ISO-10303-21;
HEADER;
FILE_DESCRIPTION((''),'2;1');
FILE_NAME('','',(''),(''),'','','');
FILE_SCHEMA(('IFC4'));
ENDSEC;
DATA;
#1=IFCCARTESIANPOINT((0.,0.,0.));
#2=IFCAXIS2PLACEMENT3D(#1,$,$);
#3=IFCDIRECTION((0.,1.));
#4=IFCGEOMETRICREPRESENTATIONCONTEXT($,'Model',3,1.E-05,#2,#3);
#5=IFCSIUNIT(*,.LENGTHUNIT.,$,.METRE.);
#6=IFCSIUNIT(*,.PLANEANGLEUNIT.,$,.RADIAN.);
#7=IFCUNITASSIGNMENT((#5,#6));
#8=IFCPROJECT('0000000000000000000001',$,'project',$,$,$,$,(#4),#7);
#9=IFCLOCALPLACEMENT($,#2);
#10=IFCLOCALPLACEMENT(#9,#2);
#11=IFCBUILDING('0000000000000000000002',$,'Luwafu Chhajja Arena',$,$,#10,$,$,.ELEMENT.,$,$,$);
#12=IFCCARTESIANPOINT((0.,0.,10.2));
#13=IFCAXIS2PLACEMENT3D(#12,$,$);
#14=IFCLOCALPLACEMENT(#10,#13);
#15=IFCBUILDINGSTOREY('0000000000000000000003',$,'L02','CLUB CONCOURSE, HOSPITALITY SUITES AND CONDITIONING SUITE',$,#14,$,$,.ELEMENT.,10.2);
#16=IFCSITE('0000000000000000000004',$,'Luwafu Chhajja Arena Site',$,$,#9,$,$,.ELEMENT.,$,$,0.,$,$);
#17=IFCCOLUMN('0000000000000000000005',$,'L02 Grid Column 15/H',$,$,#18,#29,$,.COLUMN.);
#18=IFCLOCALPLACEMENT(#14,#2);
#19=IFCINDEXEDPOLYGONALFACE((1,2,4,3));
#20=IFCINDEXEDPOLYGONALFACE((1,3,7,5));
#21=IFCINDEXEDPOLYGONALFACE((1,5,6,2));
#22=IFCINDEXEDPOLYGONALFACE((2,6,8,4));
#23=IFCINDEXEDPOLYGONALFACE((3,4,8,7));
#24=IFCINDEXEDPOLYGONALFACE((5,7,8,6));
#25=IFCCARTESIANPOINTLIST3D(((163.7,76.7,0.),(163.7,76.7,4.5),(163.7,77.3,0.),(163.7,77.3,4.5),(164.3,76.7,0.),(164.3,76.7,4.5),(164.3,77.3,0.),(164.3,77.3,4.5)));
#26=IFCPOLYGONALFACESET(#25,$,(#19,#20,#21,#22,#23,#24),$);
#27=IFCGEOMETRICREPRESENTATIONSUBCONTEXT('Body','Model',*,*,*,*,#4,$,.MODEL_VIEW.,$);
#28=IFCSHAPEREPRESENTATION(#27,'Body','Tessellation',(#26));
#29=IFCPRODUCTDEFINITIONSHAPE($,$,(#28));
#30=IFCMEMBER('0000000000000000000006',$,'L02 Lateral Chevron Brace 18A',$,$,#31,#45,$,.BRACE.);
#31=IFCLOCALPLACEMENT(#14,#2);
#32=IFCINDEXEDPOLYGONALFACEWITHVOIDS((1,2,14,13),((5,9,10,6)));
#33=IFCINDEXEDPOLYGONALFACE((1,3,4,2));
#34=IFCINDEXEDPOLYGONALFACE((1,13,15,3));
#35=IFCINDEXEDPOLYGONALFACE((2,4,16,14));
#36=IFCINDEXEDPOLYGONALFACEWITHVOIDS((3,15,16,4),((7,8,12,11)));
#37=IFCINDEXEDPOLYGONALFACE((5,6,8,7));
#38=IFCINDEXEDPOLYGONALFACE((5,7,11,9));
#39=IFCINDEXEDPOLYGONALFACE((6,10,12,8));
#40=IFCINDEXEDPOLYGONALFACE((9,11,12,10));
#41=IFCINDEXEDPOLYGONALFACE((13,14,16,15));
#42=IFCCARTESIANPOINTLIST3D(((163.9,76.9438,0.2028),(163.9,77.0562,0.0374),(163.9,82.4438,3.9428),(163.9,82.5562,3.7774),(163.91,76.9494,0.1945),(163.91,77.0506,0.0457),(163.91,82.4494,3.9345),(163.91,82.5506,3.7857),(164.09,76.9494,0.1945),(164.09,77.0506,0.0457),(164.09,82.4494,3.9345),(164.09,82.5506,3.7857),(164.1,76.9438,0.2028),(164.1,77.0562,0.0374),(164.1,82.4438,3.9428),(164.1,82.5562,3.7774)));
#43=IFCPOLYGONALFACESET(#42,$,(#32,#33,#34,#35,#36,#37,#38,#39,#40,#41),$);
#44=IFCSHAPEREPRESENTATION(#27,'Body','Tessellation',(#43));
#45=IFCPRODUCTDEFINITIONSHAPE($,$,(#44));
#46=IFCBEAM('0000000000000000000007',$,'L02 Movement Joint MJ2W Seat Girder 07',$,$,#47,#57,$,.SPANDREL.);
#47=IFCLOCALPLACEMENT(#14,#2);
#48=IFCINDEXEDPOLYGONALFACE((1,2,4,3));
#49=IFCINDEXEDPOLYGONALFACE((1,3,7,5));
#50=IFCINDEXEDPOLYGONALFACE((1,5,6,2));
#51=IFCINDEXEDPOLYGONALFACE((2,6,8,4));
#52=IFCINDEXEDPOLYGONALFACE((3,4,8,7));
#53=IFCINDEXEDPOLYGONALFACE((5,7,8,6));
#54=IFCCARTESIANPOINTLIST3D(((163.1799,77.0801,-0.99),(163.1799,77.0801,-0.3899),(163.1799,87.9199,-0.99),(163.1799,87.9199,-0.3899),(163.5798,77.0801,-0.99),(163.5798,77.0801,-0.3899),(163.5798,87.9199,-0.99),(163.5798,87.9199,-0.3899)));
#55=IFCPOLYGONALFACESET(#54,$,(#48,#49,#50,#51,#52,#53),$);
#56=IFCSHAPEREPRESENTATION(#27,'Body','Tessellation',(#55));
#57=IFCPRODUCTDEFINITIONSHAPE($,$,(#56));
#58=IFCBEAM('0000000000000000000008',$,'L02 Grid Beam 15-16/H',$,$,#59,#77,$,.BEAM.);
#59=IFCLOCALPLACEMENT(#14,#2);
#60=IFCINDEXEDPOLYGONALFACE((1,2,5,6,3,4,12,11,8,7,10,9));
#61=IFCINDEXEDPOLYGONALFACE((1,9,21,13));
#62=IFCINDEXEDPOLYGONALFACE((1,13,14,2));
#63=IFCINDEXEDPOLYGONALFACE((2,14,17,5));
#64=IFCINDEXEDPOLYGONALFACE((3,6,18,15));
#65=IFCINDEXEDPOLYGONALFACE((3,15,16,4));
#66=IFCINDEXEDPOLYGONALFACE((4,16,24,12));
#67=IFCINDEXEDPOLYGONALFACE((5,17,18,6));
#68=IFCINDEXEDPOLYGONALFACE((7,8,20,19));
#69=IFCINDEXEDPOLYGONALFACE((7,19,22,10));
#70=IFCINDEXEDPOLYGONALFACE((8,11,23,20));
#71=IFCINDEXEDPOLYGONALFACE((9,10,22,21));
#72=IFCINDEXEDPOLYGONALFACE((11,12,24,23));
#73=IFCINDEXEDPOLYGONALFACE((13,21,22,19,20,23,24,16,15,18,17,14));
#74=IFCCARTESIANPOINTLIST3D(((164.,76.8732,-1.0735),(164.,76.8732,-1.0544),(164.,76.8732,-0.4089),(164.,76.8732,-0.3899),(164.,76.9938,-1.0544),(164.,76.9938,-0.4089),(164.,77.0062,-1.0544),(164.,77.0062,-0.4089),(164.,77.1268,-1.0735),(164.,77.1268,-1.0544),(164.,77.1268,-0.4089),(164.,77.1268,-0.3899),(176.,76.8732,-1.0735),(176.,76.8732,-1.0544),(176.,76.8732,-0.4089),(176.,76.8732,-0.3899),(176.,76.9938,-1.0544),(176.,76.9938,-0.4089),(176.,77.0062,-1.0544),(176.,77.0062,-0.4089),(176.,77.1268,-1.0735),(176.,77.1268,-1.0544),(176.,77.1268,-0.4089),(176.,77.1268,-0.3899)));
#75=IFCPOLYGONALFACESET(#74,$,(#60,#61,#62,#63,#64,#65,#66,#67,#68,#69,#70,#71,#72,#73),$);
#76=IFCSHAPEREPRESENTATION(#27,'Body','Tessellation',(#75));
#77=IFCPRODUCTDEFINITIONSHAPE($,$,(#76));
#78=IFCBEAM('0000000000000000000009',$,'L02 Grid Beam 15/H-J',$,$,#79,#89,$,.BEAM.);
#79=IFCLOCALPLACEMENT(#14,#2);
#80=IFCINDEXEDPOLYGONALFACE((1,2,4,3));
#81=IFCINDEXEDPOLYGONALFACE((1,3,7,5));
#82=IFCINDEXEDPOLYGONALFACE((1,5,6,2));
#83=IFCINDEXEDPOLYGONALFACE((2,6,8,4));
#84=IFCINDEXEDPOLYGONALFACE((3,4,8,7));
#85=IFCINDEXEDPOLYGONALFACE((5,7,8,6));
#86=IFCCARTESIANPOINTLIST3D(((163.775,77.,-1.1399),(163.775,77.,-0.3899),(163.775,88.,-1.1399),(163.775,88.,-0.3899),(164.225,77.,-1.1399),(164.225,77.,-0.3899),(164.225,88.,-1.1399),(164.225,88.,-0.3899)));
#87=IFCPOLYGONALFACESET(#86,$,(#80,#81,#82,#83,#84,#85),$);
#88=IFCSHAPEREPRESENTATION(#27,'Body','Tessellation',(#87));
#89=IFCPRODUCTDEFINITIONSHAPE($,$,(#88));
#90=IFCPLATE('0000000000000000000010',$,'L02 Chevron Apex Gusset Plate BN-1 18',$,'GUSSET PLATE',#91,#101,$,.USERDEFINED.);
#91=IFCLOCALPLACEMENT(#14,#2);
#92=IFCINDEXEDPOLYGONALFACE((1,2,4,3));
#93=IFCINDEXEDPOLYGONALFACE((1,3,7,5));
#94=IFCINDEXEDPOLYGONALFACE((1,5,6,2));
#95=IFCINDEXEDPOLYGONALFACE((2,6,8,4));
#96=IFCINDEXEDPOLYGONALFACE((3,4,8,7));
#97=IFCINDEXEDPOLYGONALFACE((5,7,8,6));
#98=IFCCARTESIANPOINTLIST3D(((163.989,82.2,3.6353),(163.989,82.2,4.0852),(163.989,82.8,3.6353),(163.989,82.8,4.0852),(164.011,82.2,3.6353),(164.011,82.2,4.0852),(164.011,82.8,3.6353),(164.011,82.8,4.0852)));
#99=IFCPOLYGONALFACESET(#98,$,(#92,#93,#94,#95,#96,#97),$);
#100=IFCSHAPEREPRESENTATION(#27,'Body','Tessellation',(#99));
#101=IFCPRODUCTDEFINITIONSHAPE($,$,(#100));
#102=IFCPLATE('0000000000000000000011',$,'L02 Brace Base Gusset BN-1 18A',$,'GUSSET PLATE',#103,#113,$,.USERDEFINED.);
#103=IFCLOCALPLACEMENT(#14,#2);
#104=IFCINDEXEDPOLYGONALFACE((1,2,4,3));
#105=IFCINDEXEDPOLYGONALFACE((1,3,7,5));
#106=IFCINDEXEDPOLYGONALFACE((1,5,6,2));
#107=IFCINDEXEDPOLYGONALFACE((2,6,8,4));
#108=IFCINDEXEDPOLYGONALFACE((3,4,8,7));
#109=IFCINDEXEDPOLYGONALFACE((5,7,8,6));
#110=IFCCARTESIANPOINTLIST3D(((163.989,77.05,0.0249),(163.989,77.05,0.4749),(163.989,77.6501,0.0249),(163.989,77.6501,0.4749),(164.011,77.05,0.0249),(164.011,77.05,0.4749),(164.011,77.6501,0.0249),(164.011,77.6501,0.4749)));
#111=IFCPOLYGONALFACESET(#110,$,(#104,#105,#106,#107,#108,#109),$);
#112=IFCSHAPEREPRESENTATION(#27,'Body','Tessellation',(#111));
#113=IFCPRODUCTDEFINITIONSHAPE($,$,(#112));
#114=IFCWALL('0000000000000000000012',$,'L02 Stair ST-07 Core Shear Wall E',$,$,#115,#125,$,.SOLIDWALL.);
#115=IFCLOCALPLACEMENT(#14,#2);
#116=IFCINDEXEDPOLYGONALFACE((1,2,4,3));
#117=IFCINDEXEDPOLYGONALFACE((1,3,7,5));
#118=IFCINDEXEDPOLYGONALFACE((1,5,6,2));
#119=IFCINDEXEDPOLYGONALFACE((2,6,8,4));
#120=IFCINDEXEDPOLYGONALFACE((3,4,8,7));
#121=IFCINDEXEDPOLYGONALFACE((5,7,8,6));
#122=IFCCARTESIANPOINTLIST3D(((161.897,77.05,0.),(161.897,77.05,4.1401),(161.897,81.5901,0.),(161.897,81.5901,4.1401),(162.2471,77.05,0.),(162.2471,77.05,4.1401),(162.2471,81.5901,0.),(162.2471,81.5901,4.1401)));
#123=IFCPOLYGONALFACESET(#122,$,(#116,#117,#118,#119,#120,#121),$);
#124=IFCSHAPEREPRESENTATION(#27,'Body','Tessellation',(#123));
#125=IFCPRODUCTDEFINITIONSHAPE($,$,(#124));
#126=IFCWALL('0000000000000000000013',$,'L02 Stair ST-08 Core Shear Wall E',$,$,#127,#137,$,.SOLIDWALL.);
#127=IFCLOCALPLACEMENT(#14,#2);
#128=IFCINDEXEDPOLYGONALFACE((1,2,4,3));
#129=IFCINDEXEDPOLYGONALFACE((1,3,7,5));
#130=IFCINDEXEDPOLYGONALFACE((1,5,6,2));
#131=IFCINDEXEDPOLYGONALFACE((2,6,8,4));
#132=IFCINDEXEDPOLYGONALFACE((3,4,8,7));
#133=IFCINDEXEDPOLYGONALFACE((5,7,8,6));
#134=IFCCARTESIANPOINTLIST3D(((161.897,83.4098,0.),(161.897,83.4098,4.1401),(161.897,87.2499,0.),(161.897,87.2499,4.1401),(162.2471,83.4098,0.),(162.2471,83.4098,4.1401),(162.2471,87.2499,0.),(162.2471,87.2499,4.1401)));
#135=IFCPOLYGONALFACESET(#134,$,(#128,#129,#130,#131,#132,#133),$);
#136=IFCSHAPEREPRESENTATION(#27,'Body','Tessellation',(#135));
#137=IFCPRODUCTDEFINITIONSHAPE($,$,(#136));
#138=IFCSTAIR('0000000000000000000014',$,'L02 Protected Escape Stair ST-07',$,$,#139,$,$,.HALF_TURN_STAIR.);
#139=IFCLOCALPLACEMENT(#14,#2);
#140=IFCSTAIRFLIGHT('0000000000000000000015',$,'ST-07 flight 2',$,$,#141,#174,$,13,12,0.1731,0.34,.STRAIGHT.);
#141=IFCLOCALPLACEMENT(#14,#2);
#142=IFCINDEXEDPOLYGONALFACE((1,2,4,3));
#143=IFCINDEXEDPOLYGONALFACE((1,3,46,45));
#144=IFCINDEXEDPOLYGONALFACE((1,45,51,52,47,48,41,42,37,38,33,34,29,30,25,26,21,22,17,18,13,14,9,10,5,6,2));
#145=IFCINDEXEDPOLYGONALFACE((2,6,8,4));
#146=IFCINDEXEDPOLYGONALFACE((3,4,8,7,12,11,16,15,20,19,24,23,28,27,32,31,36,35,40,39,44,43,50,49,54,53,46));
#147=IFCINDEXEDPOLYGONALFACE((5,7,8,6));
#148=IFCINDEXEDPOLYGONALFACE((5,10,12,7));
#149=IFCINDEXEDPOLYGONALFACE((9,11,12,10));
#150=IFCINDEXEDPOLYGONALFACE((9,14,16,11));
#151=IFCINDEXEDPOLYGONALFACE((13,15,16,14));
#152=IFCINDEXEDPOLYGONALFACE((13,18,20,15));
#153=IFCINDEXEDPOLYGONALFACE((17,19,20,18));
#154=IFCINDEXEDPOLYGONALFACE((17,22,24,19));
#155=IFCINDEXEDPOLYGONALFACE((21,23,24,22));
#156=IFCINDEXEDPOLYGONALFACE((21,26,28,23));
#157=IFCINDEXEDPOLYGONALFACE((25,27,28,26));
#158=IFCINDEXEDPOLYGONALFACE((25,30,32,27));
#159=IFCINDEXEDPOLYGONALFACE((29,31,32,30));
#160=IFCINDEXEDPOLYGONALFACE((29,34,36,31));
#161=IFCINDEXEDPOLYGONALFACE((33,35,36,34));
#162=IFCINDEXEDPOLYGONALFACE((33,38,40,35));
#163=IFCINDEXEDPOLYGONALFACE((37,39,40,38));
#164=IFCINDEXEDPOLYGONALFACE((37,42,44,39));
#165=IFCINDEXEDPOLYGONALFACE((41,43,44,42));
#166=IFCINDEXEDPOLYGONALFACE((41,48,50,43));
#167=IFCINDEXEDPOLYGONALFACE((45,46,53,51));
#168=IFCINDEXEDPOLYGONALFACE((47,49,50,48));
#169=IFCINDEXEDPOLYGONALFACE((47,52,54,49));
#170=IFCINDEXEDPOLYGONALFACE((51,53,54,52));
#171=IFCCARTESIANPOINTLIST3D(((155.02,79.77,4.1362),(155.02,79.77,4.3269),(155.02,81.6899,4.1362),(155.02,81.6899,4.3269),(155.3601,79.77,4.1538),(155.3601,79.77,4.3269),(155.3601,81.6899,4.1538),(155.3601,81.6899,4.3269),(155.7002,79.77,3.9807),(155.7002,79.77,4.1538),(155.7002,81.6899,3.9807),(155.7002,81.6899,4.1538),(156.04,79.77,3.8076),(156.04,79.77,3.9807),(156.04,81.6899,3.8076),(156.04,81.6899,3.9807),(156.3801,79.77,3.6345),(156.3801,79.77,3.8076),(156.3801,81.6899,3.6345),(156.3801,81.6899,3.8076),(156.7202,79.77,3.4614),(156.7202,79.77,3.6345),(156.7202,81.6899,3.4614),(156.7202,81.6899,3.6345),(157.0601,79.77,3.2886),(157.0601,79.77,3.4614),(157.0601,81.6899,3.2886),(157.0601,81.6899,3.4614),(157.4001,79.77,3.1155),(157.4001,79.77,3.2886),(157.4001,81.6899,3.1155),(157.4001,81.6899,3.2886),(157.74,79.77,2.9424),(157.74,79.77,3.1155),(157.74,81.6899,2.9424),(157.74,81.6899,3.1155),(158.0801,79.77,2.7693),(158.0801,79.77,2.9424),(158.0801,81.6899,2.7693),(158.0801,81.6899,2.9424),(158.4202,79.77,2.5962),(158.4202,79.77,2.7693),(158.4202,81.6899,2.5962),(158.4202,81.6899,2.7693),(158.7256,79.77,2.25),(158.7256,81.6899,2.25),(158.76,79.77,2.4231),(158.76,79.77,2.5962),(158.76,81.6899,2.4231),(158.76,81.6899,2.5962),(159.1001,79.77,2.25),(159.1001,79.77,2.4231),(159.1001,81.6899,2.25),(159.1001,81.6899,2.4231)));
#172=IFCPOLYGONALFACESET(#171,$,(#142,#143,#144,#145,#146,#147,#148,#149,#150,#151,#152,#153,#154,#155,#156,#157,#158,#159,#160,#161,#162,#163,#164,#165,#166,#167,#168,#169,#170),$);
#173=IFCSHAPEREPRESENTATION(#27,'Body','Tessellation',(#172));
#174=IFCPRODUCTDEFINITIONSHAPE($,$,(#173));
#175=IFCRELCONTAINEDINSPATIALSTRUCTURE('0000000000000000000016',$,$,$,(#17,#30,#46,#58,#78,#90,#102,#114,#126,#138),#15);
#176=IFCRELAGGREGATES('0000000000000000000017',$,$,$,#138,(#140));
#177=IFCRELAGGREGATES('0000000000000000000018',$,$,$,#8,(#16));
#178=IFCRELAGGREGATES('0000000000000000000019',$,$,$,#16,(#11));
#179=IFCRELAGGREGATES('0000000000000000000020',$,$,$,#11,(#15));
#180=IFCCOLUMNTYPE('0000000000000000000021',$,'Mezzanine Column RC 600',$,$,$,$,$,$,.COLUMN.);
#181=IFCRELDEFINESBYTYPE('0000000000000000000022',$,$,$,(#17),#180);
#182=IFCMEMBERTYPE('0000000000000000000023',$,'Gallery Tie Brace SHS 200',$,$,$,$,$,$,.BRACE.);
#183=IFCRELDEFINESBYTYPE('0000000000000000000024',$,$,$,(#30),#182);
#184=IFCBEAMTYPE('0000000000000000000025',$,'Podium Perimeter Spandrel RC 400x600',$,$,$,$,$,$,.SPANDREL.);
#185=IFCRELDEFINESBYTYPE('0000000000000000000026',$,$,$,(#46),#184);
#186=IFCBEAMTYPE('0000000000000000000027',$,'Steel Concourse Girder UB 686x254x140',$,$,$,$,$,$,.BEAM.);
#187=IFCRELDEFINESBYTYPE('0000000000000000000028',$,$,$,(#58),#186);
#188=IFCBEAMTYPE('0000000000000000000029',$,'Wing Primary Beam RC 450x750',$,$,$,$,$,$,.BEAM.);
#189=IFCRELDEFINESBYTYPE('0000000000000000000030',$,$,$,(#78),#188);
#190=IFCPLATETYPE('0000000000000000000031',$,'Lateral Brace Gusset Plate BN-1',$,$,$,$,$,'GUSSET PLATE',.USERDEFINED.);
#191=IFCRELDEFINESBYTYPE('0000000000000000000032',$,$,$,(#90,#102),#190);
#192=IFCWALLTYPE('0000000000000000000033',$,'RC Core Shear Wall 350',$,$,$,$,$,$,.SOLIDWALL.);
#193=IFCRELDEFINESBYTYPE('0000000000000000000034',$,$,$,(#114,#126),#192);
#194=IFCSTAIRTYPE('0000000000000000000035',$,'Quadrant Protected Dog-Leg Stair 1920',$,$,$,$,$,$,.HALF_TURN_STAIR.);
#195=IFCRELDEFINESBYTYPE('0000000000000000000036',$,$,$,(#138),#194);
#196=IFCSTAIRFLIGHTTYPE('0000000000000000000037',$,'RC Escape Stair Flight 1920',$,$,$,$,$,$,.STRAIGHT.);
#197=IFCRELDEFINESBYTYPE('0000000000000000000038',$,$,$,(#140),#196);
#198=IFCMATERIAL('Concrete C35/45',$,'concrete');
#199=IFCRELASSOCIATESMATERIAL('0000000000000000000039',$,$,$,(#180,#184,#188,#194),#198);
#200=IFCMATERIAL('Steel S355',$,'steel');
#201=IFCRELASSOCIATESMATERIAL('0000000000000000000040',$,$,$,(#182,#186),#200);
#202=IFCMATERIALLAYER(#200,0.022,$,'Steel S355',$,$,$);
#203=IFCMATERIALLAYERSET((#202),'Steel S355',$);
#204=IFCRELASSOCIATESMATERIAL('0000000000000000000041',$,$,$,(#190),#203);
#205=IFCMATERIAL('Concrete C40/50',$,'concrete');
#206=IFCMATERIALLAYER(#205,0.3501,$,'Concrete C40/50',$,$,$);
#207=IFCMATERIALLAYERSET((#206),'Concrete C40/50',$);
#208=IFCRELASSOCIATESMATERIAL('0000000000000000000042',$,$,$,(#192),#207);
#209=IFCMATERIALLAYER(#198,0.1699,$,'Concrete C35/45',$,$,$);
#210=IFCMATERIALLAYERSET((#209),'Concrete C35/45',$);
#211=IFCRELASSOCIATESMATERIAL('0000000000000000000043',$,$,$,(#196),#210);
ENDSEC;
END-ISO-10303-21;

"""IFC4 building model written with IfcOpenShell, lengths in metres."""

from ifc_helpers import new_model, si_unit, direction, frame, frame_2d, origin, origin_2d, place, context, subcontext, project, spatial, polyline, rectangle, hollow_rectangle, i_section, outline, extrude, material, layer, layer_set, material_profile, profile_set, type_object, element, aggregate, save


model = new_model("IFC4")

# Units and contexts
model_context = context("Model", 3, precision=1e-05, world=origin(), true_north=direction((0.0, 1.0)))
body_context = subcontext(model_context, "Body", "Model", "MODEL_VIEW")
ifc_project = project(units=[si_unit("LENGTHUNIT", "METRE"), si_unit("PLANEANGLEUNIT", "RADIAN")], contexts=[model_context])

# Site, building, storey
site_placement = place(None, origin())
site = spatial("IfcSite", under=ifc_project, at=site_placement, Name="Luwafu Chhajja Arena Site", CompositionType="ELEMENT", RefElevation=0.0)
building_placement = place(site_placement, origin())
building = spatial("IfcBuilding", under=site, at=building_placement, Name="Luwafu Chhajja Arena", CompositionType="ELEMENT")
storey_placement = place(building_placement, frame((0.0, 0.0, 10.2)))
storey = spatial("IfcBuildingStorey", under=building, at=storey_placement, Name="L02", Description="CLUB CONCOURSE, HOSPITALITY SUITES AND CONDITIONING SUITE", CompositionType="ELEMENT", Elevation=10.2)

# Column
ifc_material_1 = material(Name="Concrete C35/45", Category="concrete")
ifc_material_profile_1 = material_profile(ifc_material_1, rectangle(XDim=0.6001, YDim=0.6001, at=origin_2d()), Name="RC 600x600")
ifc_profile_set_1 = profile_set([ifc_material_profile_1], Name="Concrete C35/45")
column_type = type_object("IfcColumnType", Name="Mezzanine Column RC 600", PredefinedType="COLUMN", material=ifc_profile_set_1)
column_placement = place(storey_placement, frame((164.0, 77.0, 0.0), z_axis=(0.0, 0.0, 1.0), x_axis=(1.0, 0.0, 0.0)))
element("IfcColumn", 1, at=column_placement, inside=storey, type_object=column_type, Name="L02 Grid Column 15/H", PredefinedType="COLUMN", context=body_context, shape_type="SweptSolid", body=[
    extrude(rectangle(XDim=0.6001, YDim=0.6001, at=origin_2d()), origin(), (0.0, 0.0, 1.0), 4.5),
])

# Member
ifc_material_2 = material(Name="Steel S355", Category="steel")
ifc_material_profile_2 = material_profile(ifc_material_2, hollow_rectangle(XDim=0.2, YDim=0.2, WallThickness=0.01, at=origin_2d()), Name="SHS 200x200x10")
ifc_profile_set_2 = profile_set([ifc_material_profile_2], Name="Steel S355")
member_type = type_object("IfcMemberType", Name="Gallery Tie Brace SHS 200", PredefinedType="BRACE", material=ifc_profile_set_2)
member_placement = place(storey_placement, frame((164.0, 77.0, 0.1201), z_axis=(0.0, 0.826927, 0.562309), x_axis=(-1.0, 0.0, 0.0)))
element("IfcMember", 2, at=member_placement, inside=storey, type_object=member_type, Name="L02 Lateral Chevron Brace 18A", PredefinedType="BRACE", context=body_context, shape_type="SweptSolid", body=[
    extrude(hollow_rectangle(XDim=0.2, YDim=0.2, WallThickness=0.01, at=origin_2d()), origin(), (0.0, 0.0, 1.0), 6.6511),
])

# Beams
ifc_material_profile_3 = material_profile(ifc_material_1, rectangle(XDim=0.3999, YDim=0.6001, at=origin_2d()), Name="RC 400x600")
ifc_profile_set_3 = profile_set([ifc_material_profile_3], Name="Concrete C35/45")
beam_type_1 = type_object("IfcBeamType", Name="Podium Perimeter Spandrel RC 400x600", PredefinedType="SPANDREL", material=ifc_profile_set_3)
beam_1_placement = place(storey_placement, frame((163.3799, 77.0801, -0.6899), z_axis=(0.0, 1.0, 0.0), x_axis=(-1.0, 0.0, 0.0)))
element("IfcBeam", 3, at=beam_1_placement, inside=storey, type_object=beam_type_1, Name="L02 Movement Joint MJ2W Seat Girder 07", PredefinedType="SPANDREL", context=body_context, shape_type="SweptSolid", body=[
    extrude(rectangle(XDim=0.3999, YDim=0.6001, at=origin_2d()), origin(), (0.0, 0.0, 1.0), 10.8398),
])
ifc_material_profile_4 = material_profile(ifc_material_2, i_section(OverallWidth=0.2537, OverallDepth=0.6836, WebThickness=0.0125, FlangeThickness=0.019, at=origin_2d()), Name="UB 686x254x140")
ifc_profile_set_4 = profile_set([ifc_material_profile_4], Name="Steel S355")
beam_type_2 = type_object("IfcBeamType", Name="Steel Concourse Girder UB 686x254x140", PredefinedType="BEAM", material=ifc_profile_set_4)
beam_2_placement = place(storey_placement, frame((164.0, 77.0, -0.7317), z_axis=(1.0, 0.0, 0.0), x_axis=(0.0, 1.0, 0.0)))
element("IfcBeam", 4, at=beam_2_placement, inside=storey, type_object=beam_type_2, Name="L02 Grid Beam 15-16/H", PredefinedType="BEAM", context=body_context, shape_type="SweptSolid", body=[
    extrude(i_section(OverallWidth=0.2537, OverallDepth=0.6836, WebThickness=0.0125, FlangeThickness=0.019, at=origin_2d()), origin(), (0.0, 0.0, 1.0), 12.0),
])
ifc_material_profile_5 = material_profile(ifc_material_1, rectangle(XDim=0.45, YDim=0.75, at=origin_2d()), Name="RC 450x750")
ifc_profile_set_5 = profile_set([ifc_material_profile_5], Name="Concrete C35/45")
beam_type_3 = type_object("IfcBeamType", Name="Wing Primary Beam RC 450x750", PredefinedType="BEAM", material=ifc_profile_set_5)
beam_3_placement = place(storey_placement, frame((164.0, 77.0, -0.7649), z_axis=(0.0, 1.0, 0.0), x_axis=(-1.0, 0.0, 0.0)))
element("IfcBeam", 5, at=beam_3_placement, inside=storey, type_object=beam_type_3, Name="L02 Grid Beam 15/H-J", PredefinedType="BEAM", context=body_context, shape_type="SweptSolid", body=[
    extrude(rectangle(XDim=0.45, YDim=0.75, at=origin_2d()), origin(), (0.0, 0.0, 1.0), 11.0),
])

# Plates
ifc_layer_1 = layer(ifc_material_2, 0.022, Name="Steel S355")
ifc_layer_set_1 = layer_set([ifc_layer_1], Name="Steel S355")
plate_type = type_object("IfcPlateType", Name="Lateral Brace Gusset Plate BN-1", ElementType="GUSSET PLATE", PredefinedType="USERDEFINED", material=ifc_layer_set_1)
for number, where, z_axis, x_axis, name in (
    (6, (164.0, 82.5, 3.6353), (0.0, 0.0, 1.0), (1.0, 0.0, 0.0), "L02 Chevron Apex Gusset Plate BN-1 18"),
    (7, (164.0, 77.3501, 0.0249), (0.0, 0.0, 1.0), (1.0, 0.0, 0.0), "L02 Brace Base Gusset BN-1 18A"),
):
    element("IfcPlate", number, at=place(storey_placement, frame(where, z_axis=z_axis, x_axis=x_axis)), inside=storey, type_object=plate_type, Name=name, ObjectType="GUSSET PLATE", PredefinedType="USERDEFINED", context=body_context, shape_type="SweptSolid", body=[
        extrude(rectangle(XDim=0.022, YDim=0.6001, at=origin_2d()), origin(), (0.0, 0.0, 1.0), 0.45),
    ])

# Walls
ifc_material_3 = material(Name="Concrete C40/50", Category="concrete")
ifc_layer_2 = layer(ifc_material_3, 0.3501, Name="Concrete C40/50")
ifc_layer_set_2 = layer_set([ifc_layer_2], Name="Concrete C40/50")
wall_type = type_object("IfcWallType", Name="RC Core Shear Wall 350", PredefinedType="SOLIDWALL", material=ifc_layer_set_2)
wall_1_placement = place(storey_placement, frame((162.072, 77.05, 0.0), z_axis=(0.0, 0.0, 1.0), x_axis=(0.0, 1.0, 0.0)))
element("IfcWall", 8, at=wall_1_placement, inside=storey, type_object=wall_type, Name="L02 Stair ST-07 Core Shear Wall E", PredefinedType="SOLIDWALL", context=body_context, shape_type="SweptSolid", body=[
    extrude(rectangle(XDim=4.54, YDim=0.3501, at=frame_2d((2.27, 0.0))), origin(), (0.0, 0.0, 1.0), 4.1401),
])
wall_2_placement = place(storey_placement, frame((162.072, 83.4099, 0.0), z_axis=(0.0, 0.0, 1.0), x_axis=(0.0, 1.0, 0.0)))
element("IfcWall", 9, at=wall_2_placement, inside=storey, type_object=wall_type, Name="L02 Stair ST-08 Core Shear Wall E", PredefinedType="SOLIDWALL", context=body_context, shape_type="SweptSolid", body=[
    extrude(rectangle(XDim=3.8401, YDim=0.3501, at=frame_2d((1.9199, 0.0))), origin(), (0.0, 0.0, 1.0), 4.1401),
])

# Stair, stair flight
stair_type = type_object("IfcStairType", Name="Quadrant Protected Dog-Leg Stair 1920", PredefinedType="HALF_TURN_STAIR", material=ifc_material_1)
stair_1_placement = place(storey_placement, origin())
stair_1 = element("IfcStair", 10, at=stair_1_placement, inside=storey, type_object=stair_type, Name="L02 Protected Escape Stair ST-07", PredefinedType="HALF_TURN_STAIR")
ifc_layer_3 = layer(ifc_material_1, 0.1699, Name="Concrete C35/45")
ifc_layer_set_3 = layer_set([ifc_layer_3], Name="Concrete C35/45")
stair_flight_type = type_object("IfcStairFlightType", Name="RC Escape Stair Flight 1920", PredefinedType="STRAIGHT", material=ifc_layer_set_3)
stair_flight_1_placement = place(storey_placement, frame((159.1001, 80.73, 2.25), z_axis=(0.0, 0.0, 1.0), x_axis=(-1.0, 0.0, 0.0)))
stair_flight_1 = element("IfcStairFlight", 11, at=stair_flight_1_placement, type_object=stair_flight_type, Name="ST-07 flight 2", NumberOfRisers=13, NumberOfTreads=12, PredefinedType="STRAIGHT", RiserHeight=0.1731, TreadLength=0.34, context=body_context, shape_type="SweptSolid", body=[
    extrude(outline(polyline([(0.0, 0.0), (0.0, 0.1731), (0.3401, 0.1731), (0.3401, 0.3462), (0.6799, 0.3462), (0.6799, 0.5193), (1.02, 0.5193), (1.02, 0.6924), (1.3601, 0.6924), (1.3601, 0.8655), (1.7, 0.8655), (1.7, 1.0386), (2.04, 1.0386), (2.04, 1.2114), (2.3799, 1.2114), (2.3799, 1.3845), (2.72, 1.3845), (2.72, 1.5576), (3.0601, 1.5576), (3.0601, 1.7307), (3.3999, 1.7307), (3.3999, 1.9038), (3.74, 1.9038), (3.74, 2.0769), (4.0801, 2.0769), (4.0801, 2.25), (4.0801, 1.8862), (0.3745, 0.0), (0.0, 0.0)])), frame((0.0, 0.96, 0.0), z_axis=(0.0, -1.0, 0.0), x_axis=(1.0, 0.0, 0.0)), (0.0, 0.0, 1.0), 1.9199),
])
aggregate(stair_1, [stair_flight_1])

save(model, "model.ifc")
